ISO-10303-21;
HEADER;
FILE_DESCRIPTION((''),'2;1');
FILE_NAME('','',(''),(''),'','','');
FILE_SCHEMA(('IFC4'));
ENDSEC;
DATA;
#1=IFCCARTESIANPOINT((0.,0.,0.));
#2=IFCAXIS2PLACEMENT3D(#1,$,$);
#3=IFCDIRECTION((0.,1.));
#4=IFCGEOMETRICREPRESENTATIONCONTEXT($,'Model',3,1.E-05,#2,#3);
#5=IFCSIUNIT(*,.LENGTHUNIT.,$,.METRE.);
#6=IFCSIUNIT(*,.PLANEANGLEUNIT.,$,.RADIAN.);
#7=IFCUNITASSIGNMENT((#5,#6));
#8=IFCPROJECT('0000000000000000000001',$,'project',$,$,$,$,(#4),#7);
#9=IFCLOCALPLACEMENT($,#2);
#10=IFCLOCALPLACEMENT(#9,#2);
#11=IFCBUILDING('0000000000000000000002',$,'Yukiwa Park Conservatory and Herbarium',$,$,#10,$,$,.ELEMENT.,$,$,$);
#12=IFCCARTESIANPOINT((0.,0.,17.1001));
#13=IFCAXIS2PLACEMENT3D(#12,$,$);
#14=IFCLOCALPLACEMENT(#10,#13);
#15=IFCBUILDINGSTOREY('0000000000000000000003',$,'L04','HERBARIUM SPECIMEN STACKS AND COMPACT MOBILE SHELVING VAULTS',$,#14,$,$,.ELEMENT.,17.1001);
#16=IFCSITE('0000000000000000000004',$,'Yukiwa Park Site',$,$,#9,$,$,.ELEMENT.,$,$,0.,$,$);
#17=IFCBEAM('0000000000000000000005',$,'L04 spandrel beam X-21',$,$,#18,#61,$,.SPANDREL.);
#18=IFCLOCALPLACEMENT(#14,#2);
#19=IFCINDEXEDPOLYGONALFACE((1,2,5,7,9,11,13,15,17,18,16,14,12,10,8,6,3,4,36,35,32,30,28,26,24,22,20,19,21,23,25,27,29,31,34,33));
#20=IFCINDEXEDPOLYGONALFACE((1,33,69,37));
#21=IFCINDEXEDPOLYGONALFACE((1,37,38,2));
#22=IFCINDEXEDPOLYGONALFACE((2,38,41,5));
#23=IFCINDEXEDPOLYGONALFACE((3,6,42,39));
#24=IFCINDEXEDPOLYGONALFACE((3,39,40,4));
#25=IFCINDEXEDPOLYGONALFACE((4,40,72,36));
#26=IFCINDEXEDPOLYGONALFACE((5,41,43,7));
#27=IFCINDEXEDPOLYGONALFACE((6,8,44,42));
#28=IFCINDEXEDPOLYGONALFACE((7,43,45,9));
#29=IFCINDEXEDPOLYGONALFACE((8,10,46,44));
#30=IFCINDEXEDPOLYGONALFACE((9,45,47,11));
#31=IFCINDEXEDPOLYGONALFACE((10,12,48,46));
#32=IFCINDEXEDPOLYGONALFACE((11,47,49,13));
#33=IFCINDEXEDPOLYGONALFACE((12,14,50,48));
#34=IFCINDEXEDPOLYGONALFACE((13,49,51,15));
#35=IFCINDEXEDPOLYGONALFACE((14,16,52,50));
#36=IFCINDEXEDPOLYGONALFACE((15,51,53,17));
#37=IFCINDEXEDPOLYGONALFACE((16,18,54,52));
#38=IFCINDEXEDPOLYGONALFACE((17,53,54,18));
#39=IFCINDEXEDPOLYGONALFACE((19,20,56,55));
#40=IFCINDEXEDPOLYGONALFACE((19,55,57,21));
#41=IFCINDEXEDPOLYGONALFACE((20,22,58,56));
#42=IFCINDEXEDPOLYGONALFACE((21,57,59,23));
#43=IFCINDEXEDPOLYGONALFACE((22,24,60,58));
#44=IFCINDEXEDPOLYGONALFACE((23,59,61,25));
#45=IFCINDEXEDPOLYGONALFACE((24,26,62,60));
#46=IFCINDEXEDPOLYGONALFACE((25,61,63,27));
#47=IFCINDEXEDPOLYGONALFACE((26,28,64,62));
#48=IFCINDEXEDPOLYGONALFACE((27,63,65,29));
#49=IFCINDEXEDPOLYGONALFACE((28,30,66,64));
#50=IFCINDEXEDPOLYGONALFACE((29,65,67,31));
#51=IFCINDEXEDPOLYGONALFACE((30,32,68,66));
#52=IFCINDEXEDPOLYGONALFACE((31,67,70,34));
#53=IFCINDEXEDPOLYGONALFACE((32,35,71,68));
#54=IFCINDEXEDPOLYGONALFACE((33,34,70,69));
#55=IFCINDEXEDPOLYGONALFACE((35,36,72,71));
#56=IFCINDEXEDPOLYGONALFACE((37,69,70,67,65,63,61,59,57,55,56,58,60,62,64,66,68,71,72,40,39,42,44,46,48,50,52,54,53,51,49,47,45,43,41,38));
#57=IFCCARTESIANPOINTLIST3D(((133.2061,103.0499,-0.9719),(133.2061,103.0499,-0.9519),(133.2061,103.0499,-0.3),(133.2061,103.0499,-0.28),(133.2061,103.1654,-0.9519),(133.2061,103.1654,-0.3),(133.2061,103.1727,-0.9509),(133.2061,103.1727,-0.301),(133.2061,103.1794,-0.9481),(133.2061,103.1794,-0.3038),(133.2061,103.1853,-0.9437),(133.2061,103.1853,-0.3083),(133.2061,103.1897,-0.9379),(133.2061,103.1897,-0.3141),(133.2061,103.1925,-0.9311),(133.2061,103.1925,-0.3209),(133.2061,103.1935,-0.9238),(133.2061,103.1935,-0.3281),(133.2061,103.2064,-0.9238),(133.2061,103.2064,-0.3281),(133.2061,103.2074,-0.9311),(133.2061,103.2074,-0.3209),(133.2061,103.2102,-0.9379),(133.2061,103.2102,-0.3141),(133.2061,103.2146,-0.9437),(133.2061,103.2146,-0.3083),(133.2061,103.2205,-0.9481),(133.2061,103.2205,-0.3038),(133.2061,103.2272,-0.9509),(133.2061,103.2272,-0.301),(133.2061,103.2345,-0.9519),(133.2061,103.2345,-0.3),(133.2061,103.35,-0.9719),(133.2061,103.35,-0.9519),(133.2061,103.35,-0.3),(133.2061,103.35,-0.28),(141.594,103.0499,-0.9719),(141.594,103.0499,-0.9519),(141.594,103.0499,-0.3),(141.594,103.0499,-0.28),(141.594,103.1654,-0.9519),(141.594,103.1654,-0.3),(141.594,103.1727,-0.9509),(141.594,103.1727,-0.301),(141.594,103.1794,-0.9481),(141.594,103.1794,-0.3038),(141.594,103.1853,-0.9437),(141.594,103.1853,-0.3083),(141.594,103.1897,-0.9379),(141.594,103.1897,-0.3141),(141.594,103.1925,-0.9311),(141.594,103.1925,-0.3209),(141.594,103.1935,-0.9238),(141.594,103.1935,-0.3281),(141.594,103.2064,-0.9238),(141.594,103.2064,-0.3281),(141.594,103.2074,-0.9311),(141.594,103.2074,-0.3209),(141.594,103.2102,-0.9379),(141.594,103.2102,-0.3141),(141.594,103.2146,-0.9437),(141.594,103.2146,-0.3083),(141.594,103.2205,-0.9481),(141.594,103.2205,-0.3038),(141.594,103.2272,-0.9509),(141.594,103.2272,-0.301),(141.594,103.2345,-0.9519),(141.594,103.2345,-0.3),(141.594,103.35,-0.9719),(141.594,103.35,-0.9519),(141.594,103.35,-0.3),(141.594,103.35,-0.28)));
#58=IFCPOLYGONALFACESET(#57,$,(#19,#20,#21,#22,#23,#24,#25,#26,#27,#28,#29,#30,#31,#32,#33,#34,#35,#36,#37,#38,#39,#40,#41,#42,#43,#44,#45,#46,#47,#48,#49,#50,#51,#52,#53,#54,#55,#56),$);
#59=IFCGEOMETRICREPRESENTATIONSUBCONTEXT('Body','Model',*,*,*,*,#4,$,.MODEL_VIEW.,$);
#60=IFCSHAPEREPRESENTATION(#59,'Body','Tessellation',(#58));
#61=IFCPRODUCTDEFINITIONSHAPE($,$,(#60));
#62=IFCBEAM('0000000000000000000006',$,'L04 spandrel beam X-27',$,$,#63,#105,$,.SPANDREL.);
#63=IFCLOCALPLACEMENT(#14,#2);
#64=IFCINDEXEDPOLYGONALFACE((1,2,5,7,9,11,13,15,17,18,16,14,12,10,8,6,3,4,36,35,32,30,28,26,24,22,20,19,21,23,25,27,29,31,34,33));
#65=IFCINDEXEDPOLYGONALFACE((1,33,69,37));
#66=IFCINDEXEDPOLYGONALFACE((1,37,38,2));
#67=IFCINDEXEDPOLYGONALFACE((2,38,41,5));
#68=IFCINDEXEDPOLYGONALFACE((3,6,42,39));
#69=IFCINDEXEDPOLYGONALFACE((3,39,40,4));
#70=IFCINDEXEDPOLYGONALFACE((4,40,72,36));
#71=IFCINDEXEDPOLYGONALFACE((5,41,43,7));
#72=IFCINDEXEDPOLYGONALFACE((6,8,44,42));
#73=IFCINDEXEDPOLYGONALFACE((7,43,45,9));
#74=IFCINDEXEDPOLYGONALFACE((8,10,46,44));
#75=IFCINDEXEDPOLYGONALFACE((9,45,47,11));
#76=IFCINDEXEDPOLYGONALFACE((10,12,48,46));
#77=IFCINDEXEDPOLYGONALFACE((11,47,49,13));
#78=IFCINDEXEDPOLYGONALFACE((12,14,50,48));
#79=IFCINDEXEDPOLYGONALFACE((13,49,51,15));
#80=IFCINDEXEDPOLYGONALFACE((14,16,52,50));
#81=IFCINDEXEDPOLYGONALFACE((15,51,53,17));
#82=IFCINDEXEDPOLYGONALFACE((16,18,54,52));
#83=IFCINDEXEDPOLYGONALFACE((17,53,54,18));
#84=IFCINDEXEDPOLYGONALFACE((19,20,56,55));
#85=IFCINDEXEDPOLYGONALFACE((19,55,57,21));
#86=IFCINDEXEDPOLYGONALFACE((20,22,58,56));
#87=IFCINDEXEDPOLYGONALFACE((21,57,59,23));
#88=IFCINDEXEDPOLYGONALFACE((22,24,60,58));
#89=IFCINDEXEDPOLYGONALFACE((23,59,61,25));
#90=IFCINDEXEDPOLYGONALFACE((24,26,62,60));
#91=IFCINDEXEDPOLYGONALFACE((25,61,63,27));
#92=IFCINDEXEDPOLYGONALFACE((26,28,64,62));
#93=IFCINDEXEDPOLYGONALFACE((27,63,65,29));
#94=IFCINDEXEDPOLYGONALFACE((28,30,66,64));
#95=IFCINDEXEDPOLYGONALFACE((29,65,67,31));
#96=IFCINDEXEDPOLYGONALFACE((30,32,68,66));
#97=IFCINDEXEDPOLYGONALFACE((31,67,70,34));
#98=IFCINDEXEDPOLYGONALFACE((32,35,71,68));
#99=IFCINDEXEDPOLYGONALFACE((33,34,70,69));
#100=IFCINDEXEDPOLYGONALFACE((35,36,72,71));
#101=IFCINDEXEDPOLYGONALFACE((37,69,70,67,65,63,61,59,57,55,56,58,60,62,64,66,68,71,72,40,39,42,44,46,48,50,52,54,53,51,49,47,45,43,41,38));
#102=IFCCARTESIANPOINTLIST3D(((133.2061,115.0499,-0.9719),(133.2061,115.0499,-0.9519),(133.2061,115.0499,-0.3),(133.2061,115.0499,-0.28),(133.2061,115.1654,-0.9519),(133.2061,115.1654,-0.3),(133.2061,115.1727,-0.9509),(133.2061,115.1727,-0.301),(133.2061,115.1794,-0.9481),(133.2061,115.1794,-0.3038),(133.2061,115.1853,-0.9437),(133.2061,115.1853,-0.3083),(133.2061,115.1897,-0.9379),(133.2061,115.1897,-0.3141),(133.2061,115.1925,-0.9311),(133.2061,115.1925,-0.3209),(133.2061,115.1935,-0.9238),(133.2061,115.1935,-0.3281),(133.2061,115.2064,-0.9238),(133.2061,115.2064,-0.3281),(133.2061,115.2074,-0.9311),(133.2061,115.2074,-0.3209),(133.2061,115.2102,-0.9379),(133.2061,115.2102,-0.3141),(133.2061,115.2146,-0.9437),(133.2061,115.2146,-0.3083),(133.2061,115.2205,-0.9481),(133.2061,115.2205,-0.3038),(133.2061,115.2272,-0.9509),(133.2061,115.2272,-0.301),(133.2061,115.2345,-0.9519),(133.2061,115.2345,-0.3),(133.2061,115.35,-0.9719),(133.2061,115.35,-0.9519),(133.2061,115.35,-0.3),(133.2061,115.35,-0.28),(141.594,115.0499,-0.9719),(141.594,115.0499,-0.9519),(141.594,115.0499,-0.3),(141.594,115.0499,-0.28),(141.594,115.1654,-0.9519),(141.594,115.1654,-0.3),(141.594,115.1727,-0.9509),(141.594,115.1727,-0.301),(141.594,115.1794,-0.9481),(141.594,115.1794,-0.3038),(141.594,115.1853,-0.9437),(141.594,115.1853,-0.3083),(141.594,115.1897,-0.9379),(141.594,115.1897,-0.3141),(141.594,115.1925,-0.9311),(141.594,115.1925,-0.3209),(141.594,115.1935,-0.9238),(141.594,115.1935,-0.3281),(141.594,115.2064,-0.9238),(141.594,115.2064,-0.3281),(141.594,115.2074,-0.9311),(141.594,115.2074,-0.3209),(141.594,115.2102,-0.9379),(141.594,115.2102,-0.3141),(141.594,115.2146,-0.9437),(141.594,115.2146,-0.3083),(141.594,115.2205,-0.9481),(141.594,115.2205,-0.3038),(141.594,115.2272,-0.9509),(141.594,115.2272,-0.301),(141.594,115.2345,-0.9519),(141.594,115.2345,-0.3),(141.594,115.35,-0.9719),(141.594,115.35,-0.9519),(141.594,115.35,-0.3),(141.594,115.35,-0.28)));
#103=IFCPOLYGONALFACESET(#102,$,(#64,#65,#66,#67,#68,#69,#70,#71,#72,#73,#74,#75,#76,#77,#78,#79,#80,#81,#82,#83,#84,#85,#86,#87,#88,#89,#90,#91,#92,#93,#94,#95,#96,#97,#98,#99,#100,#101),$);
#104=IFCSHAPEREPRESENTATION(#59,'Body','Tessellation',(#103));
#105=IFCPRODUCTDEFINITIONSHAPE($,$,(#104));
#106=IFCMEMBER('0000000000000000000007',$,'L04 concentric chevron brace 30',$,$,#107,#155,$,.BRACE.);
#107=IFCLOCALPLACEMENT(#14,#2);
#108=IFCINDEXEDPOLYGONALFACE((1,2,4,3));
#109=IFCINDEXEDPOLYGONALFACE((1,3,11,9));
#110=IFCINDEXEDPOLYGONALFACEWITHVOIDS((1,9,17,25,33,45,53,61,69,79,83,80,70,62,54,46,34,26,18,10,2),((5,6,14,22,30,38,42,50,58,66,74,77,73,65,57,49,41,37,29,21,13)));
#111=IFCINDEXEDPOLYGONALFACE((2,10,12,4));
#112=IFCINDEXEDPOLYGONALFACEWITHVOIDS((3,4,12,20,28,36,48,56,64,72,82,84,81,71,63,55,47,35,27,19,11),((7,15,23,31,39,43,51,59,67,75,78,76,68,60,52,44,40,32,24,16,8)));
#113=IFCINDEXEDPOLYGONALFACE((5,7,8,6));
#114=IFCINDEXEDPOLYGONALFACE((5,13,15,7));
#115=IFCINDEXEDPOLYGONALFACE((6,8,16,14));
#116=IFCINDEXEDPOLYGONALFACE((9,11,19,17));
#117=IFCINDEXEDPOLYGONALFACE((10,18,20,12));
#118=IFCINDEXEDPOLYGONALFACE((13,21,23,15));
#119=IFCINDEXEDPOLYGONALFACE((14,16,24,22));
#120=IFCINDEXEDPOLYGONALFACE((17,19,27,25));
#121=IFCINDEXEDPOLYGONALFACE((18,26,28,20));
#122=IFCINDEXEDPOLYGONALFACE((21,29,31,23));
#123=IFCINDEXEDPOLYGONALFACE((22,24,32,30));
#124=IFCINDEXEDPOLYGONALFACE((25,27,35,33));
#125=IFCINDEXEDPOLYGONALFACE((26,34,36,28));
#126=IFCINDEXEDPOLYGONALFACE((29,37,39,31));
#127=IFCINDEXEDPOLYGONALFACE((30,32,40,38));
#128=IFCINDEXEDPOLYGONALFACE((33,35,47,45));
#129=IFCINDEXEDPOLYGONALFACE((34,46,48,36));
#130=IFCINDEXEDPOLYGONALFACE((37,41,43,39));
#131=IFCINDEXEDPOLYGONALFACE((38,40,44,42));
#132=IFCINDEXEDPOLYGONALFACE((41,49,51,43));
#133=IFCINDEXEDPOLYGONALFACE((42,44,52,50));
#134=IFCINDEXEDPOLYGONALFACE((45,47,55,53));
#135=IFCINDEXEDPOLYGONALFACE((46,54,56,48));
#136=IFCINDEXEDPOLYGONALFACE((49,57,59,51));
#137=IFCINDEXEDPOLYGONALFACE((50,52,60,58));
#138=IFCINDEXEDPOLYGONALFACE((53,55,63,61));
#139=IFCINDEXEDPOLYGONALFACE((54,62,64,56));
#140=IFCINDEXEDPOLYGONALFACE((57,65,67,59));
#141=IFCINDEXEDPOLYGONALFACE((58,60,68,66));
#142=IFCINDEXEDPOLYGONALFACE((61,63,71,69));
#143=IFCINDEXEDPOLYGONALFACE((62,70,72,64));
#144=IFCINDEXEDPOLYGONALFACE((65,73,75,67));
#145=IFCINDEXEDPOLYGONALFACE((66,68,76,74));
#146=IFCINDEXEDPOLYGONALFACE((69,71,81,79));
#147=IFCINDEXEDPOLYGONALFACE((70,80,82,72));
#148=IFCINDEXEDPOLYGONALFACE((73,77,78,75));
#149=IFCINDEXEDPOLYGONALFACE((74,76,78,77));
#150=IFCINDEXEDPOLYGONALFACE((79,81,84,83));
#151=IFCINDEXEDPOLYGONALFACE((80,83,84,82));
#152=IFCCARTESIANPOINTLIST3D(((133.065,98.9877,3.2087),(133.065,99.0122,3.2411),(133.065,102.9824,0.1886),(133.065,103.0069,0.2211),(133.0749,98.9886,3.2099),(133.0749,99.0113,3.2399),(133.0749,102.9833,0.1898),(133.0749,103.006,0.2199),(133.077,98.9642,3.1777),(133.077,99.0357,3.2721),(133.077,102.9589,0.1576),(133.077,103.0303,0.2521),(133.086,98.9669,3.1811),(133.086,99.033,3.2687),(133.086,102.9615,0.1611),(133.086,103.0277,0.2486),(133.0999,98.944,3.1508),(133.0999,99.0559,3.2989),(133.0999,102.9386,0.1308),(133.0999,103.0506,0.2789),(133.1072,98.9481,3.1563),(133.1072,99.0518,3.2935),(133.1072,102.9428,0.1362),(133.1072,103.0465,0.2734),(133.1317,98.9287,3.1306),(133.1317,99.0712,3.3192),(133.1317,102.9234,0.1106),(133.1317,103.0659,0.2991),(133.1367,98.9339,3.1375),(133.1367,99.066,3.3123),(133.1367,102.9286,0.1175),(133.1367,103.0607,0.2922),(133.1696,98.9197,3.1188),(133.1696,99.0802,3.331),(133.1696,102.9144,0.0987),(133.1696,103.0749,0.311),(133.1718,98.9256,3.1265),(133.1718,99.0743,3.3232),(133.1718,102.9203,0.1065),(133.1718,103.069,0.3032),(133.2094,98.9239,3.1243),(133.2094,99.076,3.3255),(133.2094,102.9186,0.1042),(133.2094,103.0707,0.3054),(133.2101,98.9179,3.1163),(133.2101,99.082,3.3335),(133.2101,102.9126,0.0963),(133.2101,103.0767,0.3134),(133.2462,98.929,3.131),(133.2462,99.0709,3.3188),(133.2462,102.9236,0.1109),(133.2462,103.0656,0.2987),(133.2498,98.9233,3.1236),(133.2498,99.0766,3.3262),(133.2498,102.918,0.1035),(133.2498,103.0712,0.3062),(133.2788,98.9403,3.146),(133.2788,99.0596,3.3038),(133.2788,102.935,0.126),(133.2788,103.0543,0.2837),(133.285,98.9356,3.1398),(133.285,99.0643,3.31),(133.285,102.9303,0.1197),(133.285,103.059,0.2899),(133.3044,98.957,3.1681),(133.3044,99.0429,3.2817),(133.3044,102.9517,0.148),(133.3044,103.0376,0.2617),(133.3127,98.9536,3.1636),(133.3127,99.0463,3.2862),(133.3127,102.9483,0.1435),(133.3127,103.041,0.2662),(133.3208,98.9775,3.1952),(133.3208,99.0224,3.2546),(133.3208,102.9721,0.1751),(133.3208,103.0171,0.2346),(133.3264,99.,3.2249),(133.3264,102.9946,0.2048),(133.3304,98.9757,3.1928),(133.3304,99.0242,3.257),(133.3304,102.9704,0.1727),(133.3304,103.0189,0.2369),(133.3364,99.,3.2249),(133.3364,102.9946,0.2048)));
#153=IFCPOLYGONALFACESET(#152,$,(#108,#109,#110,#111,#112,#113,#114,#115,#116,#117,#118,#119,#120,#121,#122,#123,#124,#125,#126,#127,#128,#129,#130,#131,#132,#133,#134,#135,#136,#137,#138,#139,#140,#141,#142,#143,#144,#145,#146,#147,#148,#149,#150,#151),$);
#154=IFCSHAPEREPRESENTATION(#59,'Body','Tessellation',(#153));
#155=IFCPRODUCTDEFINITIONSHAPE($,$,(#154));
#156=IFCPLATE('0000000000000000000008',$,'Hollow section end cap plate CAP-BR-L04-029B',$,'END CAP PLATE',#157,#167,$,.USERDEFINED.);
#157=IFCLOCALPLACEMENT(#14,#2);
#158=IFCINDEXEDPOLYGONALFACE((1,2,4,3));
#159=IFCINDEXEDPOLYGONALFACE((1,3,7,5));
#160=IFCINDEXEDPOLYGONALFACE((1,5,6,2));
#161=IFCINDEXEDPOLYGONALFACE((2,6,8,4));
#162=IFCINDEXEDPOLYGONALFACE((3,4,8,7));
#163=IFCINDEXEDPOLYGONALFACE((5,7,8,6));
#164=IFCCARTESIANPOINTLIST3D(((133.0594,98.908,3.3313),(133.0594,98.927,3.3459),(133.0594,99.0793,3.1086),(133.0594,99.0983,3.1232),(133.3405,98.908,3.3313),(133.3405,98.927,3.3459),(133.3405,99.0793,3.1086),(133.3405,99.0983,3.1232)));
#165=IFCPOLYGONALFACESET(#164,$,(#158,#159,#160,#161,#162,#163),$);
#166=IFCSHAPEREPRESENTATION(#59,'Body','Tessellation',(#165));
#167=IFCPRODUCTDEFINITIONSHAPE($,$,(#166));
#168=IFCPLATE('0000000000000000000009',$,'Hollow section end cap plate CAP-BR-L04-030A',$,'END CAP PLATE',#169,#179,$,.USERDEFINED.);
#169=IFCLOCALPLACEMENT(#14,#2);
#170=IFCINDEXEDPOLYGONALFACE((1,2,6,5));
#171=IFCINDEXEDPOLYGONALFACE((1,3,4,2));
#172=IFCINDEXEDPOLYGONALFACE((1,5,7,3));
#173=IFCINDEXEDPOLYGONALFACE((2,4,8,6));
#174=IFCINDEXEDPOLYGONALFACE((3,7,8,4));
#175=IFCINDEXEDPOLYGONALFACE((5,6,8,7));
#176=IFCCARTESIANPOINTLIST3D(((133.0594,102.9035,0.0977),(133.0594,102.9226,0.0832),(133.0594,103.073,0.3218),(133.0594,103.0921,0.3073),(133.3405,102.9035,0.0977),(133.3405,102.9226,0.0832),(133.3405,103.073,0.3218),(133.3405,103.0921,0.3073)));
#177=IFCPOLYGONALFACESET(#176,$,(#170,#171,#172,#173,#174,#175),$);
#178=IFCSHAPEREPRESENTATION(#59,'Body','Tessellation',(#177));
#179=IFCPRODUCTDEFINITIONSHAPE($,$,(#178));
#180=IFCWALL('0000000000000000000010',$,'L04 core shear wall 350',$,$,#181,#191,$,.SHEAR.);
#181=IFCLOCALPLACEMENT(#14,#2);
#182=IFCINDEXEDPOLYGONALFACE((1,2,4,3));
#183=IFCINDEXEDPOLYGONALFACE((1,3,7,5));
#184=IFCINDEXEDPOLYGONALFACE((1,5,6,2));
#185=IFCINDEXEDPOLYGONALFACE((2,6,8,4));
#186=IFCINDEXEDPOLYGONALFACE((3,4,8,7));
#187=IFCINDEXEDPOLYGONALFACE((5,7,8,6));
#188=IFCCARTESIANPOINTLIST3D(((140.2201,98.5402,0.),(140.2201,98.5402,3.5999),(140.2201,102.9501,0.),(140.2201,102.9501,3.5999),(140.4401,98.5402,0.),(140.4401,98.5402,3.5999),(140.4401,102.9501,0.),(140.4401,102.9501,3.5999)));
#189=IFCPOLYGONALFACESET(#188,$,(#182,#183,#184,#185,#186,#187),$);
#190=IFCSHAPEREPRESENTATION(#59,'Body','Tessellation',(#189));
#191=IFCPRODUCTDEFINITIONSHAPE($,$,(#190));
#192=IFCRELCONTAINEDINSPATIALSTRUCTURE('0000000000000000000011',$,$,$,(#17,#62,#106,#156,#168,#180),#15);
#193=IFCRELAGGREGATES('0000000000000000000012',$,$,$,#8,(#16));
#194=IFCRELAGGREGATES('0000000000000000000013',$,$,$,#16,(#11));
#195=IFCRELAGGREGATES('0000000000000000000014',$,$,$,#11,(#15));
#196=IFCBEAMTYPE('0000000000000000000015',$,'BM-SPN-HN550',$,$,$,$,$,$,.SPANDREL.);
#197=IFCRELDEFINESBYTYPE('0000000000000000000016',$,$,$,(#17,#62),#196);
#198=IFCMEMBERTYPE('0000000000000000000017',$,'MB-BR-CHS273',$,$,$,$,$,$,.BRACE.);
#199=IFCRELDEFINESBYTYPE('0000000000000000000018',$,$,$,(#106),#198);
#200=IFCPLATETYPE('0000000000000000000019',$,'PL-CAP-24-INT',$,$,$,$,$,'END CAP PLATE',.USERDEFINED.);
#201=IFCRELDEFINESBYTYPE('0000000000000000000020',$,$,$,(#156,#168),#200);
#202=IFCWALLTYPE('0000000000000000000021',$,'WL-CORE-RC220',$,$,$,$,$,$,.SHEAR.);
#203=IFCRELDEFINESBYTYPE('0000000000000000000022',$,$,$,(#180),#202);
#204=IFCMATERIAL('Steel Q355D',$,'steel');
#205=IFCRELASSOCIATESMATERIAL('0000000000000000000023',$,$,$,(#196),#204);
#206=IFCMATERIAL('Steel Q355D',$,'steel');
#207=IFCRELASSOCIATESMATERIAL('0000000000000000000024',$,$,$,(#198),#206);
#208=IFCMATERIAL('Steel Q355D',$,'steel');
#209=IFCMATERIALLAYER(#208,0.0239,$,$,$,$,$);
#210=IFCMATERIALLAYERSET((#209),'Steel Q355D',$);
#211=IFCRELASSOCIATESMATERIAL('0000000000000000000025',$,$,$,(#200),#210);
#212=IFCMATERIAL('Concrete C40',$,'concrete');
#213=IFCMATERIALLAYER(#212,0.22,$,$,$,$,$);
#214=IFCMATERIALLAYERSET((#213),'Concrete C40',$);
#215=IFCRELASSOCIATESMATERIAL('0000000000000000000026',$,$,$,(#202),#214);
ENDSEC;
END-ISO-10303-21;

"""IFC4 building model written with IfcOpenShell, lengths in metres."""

from ifc_helpers import new_model, si_unit, direction, frame, frame_2d, origin, origin_2d, place, context, subcontext, project, spatial, rectangle, hollow_circle, i_section, extrude, material, layer, layer_set, material_profile, profile_set, type_object, element, save


model = new_model("IFC4")

# Units and contexts
model_context = context("Model", 3, precision=1e-05, world=origin(), true_north=direction((0.0, 1.0)))
body_context = subcontext(model_context, "Body", "Model", "MODEL_VIEW")
ifc_project = project(units=[si_unit("LENGTHUNIT", "METRE"), si_unit("PLANEANGLEUNIT", "RADIAN")], contexts=[model_context])

# Site, building, storey
site_placement = place(None, origin())
site = spatial("IfcSite", under=ifc_project, at=site_placement, Name="Yukiwa Park Site", CompositionType="ELEMENT", RefElevation=0.0)
building_placement = place(site_placement, origin())
building = spatial("IfcBuilding", under=site, at=building_placement, Name="Yukiwa Park Conservatory and Herbarium", CompositionType="ELEMENT")
storey_placement = place(building_placement, frame((0.0, 0.0, 17.1001)))
storey = spatial("IfcBuildingStorey", under=building, at=storey_placement, Name="L04", Description="HERBARIUM SPECIMEN STACKS AND COMPACT MOBILE SHELVING VAULTS", CompositionType="ELEMENT", Elevation=17.1001)

# Beams
ifc_material_1 = material(Name="Steel Q355D", Category="steel")
ifc_material_profile_1 = material_profile(ifc_material_1, i_section(OverallWidth=0.3, OverallDepth=0.6919, WebThickness=0.0129, FlangeThickness=0.02, FilletRadius=0.0281, at=origin_2d()), Name="HN 692x300x13x20")
ifc_profile_set_1 = profile_set([ifc_material_profile_1], Name="Steel Q355D")
beam_type_1 = type_object("IfcBeamType", Name="BM-SPN-HN550", PredefinedType="SPANDREL", material=ifc_profile_set_1)
for number, where, z_axis, x_axis, name in (
    (1, (133.2061, 103.2, -0.626), (1.0, 0.0, 0.0), (0.0, 1.0, 0.0), "L04 spandrel beam X-21"),
    (2, (133.2061, 115.2, -0.626), (1.0, 0.0, 0.0), (0.0, 1.0, 0.0), "L04 spandrel beam X-27"),
):
    element("IfcBeam", number, at=place(storey_placement, frame(where, z_axis=z_axis, x_axis=x_axis)), inside=storey, type_object=beam_type_1, Name=name, PredefinedType="SPANDREL", context=body_context, shape_type="SweptSolid", body=[
        extrude(i_section(OverallWidth=0.3, OverallDepth=0.6919, WebThickness=0.0129, FlangeThickness=0.02, FilletRadius=0.0281, at=origin_2d()), origin(), (0.0, 0.0, 1.0), 8.3879),
    ])

# Member
ifc_material_2 = material(Name="Steel Q355D", Category="steel")
ifc_material_profile_2 = material_profile(ifc_material_2, hollow_circle(Radius=0.1365, WallThickness=0.01, at=origin_2d()), Name="CHS 273x10")
ifc_profile_set_2 = profile_set([ifc_material_profile_2], Name="Steel Q355D")
member_type = type_object("IfcMemberType", Name="MB-BR-CHS273", PredefinedType="BRACE", material=ifc_profile_set_2)
member_placement = place(storey_placement, frame((133.2, 102.9946, 0.2048), z_axis=(0.0, -0.797689, 0.603069), x_axis=(1.0, 0.0, 0.0)))
element("IfcMember", 3, at=member_placement, inside=storey, type_object=member_type, Name="L04 concentric chevron brace 30", PredefinedType="BRACE", context=body_context, shape_type="SweptSolid", body=[
    extrude(hollow_circle(Radius=0.1365, WallThickness=0.01, at=origin_2d()), origin(), (0.0, 0.0, 1.0), 5.0078),
])

# Plates
ifc_material_3 = material(Name="Steel Q355D", Category="steel")
ifc_layer_1 = layer(ifc_material_3, 0.0239)
ifc_layer_set_1 = layer_set([ifc_layer_1], Name="Steel Q355D")
plate_type = type_object("IfcPlateType", Name="PL-CAP-24-INT", ElementType="END CAP PLATE", PredefinedType="USERDEFINED", material=ifc_layer_set_1)
for number, where, z_axis, x_axis, name in (
    (4, (133.2, 98.9937, 3.22), (0.0, 0.792624, 0.609711), (-1.0, 0.0, 0.0), "Hollow section end cap plate CAP-BR-L04-029B"),
    (5, (133.2, 102.9883, 0.2097), (0.0, 0.797539, -0.603267), (-1.0, 0.0, 0.0), "Hollow section end cap plate CAP-BR-L04-030A"),
):
    element("IfcPlate", number, at=place(storey_placement, frame(where, z_axis=z_axis, x_axis=x_axis)), inside=storey, type_object=plate_type, Name=name, ObjectType="END CAP PLATE", PredefinedType="USERDEFINED", context=body_context, shape_type="SweptSolid", body=[
        extrude(rectangle(XDim=0.281, YDim=0.281, at=origin_2d()), origin(), (0.0, 0.0, 1.0), 0.0239),
    ])

# Wall
ifc_material_4 = material(Name="Concrete C40", Category="concrete")
ifc_layer_2 = layer(ifc_material_4, 0.22)
ifc_layer_set_2 = layer_set([ifc_layer_2], Name="Concrete C40")
wall_type_1 = type_object("IfcWallType", Name="WL-CORE-RC220", PredefinedType="SHEAR", material=ifc_layer_set_2)
wall_1_placement = place(storey_placement, frame((140.3301, 98.54, 0.0), z_axis=(0.0, 0.0, 1.0), x_axis=(0.0, 1.0, 0.0)))
element("IfcWall", 6, at=wall_1_placement, inside=storey, type_object=wall_type_1, Name="L04 core shear wall 350", PredefinedType="SHEAR", context=body_context, shape_type="SweptSolid", body=[
    extrude(rectangle(XDim=4.4099, YDim=0.22, at=frame_2d((2.2051, 0.0))), origin(), (0.0, 0.0, 1.0), 3.5999),
])

save(model, "model.ifc")
